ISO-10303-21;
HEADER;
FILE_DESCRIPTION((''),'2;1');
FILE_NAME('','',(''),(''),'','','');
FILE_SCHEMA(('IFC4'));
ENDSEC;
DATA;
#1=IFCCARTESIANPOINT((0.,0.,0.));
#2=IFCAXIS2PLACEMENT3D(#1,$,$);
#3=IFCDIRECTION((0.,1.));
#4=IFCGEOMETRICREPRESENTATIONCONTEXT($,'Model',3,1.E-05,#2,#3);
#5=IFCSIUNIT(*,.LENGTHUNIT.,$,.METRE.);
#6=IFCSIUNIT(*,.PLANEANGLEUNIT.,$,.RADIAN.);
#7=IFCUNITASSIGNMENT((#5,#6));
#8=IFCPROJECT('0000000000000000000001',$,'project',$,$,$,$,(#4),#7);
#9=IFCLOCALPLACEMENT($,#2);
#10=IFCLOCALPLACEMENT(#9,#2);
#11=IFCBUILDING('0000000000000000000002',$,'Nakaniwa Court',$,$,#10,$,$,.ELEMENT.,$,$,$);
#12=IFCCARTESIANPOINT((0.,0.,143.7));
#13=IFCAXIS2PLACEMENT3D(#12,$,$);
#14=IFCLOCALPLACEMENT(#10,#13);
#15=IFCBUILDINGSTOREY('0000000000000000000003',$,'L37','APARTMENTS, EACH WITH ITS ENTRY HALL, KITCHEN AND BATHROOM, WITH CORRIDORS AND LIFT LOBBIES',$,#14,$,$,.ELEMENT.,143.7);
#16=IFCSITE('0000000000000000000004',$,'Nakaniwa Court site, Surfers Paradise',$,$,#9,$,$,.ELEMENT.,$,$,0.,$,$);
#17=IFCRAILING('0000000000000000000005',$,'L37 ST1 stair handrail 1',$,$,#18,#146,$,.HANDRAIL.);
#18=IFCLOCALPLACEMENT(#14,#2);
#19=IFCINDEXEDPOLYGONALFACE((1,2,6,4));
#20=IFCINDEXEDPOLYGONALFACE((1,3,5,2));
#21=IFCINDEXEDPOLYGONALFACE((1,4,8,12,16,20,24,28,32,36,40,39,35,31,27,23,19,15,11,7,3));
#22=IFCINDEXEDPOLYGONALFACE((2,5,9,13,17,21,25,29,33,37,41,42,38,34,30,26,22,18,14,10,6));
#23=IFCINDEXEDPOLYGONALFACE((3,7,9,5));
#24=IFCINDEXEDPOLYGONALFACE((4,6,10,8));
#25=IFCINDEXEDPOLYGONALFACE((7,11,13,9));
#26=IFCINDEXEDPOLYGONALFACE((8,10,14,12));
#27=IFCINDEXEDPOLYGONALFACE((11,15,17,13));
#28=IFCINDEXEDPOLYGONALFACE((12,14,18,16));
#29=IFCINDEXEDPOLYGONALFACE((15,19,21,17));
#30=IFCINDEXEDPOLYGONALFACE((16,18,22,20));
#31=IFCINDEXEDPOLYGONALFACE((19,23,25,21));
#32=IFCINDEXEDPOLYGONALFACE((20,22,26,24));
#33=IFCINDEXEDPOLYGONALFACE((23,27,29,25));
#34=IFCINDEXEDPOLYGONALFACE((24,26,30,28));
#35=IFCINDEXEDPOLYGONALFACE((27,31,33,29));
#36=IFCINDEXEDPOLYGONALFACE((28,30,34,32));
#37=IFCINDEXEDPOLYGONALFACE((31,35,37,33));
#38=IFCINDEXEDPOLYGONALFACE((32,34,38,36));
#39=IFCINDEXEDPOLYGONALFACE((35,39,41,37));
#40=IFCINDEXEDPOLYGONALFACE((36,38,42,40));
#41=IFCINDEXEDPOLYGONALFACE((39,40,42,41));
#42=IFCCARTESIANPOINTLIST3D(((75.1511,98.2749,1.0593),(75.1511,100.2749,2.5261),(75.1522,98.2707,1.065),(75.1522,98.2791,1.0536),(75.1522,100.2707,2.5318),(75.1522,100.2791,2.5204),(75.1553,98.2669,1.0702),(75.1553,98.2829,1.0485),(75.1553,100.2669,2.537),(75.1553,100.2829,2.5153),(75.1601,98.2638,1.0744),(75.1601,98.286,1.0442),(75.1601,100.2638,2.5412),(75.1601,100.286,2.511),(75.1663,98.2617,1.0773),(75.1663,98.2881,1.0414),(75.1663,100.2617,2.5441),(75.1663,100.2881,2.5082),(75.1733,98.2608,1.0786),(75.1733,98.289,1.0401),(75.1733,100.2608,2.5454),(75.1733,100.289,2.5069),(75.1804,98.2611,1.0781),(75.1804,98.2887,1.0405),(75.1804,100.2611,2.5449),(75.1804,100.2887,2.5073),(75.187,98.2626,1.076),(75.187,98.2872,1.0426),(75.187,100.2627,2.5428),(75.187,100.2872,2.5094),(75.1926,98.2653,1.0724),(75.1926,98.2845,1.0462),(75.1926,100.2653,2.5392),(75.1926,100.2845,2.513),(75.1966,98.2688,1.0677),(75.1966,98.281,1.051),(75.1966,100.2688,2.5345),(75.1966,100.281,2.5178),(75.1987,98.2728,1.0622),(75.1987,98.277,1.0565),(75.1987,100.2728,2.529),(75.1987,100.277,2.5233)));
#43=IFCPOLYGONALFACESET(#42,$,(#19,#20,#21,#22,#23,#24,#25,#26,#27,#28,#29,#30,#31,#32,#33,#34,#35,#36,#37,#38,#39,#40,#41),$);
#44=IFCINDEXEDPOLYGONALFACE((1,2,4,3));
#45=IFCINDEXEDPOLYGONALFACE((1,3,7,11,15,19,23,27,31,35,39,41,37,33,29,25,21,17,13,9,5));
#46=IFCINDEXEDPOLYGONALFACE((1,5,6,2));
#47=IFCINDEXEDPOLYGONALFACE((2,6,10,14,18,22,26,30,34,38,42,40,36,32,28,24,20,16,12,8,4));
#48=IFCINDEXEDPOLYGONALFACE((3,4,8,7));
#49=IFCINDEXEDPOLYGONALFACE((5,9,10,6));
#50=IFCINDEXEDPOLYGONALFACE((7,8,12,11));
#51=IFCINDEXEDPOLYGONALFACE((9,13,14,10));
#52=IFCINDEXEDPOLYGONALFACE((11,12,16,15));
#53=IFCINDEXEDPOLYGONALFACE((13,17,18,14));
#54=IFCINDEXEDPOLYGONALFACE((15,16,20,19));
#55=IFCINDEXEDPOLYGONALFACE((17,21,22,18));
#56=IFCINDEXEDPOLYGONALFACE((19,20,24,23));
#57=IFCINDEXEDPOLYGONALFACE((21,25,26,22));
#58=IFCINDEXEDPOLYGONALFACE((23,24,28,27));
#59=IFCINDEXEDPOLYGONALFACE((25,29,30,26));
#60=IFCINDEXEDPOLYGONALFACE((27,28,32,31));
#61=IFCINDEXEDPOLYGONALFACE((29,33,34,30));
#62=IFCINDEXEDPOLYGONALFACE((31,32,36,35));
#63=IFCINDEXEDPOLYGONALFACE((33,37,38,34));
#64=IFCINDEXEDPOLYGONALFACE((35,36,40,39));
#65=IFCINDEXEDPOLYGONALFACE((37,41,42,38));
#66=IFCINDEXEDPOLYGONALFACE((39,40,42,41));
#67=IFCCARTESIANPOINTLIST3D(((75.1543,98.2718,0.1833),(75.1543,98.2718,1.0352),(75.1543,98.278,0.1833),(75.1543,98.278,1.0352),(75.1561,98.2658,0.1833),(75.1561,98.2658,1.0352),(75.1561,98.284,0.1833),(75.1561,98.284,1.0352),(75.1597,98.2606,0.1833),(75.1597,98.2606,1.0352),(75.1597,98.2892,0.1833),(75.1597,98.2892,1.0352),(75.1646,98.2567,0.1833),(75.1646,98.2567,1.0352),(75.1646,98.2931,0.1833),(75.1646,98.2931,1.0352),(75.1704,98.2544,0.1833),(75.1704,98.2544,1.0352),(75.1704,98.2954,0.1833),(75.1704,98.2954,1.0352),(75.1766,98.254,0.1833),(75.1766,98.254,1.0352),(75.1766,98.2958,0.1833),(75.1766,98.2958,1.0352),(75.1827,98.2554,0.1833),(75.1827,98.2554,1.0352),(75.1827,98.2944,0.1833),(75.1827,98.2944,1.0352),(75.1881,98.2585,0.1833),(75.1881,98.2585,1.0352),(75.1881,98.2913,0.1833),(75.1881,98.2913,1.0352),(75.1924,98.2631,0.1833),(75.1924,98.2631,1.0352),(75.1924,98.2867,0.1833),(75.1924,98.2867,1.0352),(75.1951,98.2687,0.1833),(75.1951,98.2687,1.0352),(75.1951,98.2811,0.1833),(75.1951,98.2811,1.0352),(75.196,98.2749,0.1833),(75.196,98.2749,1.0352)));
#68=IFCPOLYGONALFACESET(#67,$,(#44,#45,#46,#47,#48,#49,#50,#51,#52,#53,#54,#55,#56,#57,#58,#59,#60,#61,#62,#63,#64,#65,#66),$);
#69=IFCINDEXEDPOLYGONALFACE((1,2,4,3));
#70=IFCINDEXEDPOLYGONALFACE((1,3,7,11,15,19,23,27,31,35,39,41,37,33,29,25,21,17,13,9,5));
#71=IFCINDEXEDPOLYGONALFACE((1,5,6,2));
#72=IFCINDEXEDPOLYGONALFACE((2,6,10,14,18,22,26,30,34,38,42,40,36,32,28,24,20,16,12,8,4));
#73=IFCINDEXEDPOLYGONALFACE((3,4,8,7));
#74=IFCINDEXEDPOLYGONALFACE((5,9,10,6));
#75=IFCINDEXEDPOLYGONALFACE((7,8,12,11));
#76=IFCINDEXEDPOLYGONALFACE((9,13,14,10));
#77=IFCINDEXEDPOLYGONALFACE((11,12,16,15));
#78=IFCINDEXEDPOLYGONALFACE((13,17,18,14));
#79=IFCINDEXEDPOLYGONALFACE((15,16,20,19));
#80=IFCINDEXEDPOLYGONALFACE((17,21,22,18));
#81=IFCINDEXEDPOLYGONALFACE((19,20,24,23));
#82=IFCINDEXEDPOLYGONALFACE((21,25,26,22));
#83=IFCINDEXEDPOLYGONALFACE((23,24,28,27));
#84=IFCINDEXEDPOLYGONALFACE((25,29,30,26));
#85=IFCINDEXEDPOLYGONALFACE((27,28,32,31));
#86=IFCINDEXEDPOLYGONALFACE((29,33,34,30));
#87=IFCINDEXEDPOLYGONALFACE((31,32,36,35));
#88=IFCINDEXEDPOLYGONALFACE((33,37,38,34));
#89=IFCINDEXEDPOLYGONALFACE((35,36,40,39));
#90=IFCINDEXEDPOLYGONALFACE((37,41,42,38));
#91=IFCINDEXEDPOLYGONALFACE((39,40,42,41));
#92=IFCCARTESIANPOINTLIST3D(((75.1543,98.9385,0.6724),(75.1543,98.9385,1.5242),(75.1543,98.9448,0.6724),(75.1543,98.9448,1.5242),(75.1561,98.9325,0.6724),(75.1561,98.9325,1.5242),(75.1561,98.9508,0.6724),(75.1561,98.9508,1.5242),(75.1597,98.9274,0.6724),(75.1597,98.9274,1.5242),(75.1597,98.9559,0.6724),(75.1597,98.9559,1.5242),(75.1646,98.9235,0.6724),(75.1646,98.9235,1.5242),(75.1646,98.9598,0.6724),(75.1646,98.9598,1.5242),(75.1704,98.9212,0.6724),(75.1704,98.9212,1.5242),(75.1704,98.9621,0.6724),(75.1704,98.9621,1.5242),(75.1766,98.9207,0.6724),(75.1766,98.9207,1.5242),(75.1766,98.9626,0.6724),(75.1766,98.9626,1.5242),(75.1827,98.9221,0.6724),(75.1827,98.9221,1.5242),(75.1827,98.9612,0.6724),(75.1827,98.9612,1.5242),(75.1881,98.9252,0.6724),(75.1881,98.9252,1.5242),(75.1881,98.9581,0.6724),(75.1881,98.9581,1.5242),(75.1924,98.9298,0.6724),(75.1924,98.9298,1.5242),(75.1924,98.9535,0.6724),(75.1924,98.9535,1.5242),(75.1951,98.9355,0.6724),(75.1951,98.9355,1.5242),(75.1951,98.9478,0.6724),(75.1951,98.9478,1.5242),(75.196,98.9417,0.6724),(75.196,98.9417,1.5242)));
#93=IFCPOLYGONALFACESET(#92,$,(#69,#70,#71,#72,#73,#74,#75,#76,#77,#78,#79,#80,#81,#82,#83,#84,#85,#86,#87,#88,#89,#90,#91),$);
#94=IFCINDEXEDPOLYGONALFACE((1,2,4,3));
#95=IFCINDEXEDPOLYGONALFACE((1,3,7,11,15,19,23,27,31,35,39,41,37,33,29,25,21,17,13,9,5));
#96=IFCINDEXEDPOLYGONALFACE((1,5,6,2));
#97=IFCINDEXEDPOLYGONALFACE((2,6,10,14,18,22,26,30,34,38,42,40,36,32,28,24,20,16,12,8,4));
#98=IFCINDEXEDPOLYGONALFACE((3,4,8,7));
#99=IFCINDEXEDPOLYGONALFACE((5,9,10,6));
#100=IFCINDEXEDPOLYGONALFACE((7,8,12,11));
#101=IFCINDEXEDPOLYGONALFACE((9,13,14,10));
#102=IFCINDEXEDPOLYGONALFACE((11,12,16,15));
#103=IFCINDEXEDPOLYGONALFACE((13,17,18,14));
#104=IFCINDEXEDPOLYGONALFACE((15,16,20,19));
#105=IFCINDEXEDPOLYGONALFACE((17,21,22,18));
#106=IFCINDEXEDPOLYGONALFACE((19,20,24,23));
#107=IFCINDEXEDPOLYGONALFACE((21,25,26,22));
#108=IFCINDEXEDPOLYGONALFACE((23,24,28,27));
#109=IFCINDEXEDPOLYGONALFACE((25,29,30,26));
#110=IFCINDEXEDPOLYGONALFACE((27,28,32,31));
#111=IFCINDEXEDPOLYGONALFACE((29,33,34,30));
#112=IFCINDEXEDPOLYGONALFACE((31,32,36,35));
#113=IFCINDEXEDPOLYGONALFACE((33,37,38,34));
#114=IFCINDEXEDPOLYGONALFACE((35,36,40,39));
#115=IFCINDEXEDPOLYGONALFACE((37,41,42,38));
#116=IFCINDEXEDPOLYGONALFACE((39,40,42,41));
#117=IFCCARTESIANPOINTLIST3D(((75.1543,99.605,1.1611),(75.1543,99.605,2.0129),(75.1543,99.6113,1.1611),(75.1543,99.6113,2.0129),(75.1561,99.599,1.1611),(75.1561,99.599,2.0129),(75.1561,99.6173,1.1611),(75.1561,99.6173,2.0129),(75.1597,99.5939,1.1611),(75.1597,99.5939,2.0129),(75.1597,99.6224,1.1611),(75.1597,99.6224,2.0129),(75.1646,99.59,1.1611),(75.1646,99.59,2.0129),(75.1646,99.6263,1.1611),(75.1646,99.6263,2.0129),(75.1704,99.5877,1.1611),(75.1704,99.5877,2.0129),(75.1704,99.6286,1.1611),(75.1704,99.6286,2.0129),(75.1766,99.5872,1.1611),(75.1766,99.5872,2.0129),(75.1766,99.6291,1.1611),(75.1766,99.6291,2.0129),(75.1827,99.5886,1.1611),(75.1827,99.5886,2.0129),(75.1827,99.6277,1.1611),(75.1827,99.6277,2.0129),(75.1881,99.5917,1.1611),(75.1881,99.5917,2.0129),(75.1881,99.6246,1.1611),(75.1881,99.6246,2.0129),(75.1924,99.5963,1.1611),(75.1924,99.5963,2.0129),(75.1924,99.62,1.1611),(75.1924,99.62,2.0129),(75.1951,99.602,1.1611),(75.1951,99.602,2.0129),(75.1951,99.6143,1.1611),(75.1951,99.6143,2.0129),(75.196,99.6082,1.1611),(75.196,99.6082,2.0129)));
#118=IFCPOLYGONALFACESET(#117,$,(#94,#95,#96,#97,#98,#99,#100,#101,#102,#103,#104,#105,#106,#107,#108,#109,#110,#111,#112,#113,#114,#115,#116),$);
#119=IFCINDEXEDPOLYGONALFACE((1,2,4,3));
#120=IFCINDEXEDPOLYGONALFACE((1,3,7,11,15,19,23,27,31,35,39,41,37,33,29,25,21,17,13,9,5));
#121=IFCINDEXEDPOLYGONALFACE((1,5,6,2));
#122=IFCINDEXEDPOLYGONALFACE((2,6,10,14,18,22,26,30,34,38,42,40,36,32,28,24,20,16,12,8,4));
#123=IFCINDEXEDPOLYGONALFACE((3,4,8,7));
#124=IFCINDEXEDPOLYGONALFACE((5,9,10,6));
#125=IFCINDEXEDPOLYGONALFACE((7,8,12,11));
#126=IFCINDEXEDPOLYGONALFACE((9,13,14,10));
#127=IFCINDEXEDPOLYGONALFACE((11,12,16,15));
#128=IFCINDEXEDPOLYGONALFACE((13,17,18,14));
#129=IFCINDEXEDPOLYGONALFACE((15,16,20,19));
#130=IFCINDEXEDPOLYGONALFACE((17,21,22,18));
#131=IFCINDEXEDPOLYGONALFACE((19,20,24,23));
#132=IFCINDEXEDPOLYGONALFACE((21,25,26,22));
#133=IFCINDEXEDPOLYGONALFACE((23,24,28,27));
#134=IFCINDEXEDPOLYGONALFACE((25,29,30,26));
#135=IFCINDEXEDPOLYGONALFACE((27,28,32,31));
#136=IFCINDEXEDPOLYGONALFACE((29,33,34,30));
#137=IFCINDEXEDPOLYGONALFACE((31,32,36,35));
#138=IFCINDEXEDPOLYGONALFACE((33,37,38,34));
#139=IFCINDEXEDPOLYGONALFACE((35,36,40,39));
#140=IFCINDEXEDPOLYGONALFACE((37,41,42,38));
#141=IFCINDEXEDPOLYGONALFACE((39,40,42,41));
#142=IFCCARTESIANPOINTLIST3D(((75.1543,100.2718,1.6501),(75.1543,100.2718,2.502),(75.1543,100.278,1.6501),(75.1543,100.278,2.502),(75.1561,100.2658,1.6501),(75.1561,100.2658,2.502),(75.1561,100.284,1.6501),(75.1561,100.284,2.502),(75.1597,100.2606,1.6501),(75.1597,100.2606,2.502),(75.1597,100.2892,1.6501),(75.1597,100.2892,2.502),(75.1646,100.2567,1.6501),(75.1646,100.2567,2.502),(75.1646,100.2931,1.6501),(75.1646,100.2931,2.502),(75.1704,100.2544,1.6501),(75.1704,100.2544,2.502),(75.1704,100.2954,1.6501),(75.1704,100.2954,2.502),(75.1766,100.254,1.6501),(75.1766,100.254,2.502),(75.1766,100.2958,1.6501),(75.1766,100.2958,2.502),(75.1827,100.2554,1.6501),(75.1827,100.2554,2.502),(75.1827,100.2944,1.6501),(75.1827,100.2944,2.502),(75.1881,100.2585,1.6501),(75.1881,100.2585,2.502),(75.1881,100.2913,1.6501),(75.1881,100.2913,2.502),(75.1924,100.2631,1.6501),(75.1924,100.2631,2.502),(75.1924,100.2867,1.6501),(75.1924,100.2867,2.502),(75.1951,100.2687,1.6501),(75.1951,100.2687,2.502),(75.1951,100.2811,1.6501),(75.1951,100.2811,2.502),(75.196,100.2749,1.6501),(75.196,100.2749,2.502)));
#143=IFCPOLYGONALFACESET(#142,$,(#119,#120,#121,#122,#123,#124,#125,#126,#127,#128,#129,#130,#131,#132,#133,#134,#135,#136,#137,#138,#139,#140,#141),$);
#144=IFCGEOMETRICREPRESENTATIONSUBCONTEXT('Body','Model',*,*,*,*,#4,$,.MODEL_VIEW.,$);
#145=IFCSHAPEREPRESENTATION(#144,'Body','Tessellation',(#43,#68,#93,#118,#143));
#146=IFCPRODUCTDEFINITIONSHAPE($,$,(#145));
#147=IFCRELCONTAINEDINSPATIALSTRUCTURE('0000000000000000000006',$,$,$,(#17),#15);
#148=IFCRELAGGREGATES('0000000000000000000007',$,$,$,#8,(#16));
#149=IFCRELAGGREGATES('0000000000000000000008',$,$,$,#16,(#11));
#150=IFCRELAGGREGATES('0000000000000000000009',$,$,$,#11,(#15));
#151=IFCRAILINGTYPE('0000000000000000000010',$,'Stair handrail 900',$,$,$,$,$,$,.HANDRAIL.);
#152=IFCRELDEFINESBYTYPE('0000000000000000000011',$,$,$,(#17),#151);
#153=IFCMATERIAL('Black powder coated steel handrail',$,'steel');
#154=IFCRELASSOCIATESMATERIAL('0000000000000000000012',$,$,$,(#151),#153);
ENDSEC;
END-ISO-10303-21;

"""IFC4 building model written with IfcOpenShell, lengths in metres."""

from ifc_helpers import new_model, si_unit, direction, frame, origin, origin_2d, place, context, subcontext, project, spatial, circle, extrude, material, type_object, element, save


model = new_model("IFC4")

# Units and contexts
model_context = context("Model", 3, precision=1e-05, world=origin(), true_north=direction((0.0, 1.0)))
body_context = subcontext(model_context, "Body", "Model", "MODEL_VIEW")
ifc_project = project(units=[si_unit("LENGTHUNIT", "METRE"), si_unit("PLANEANGLEUNIT", "RADIAN")], contexts=[model_context])

# Site, building, storey
site_placement = place(None, origin())
site = spatial("IfcSite", under=ifc_project, at=site_placement, Name="Nakaniwa Court site, Surfers Paradise", CompositionType="ELEMENT", RefElevation=0.0)
building_placement = place(site_placement, origin())
building = spatial("IfcBuilding", under=site, at=building_placement, Name="Nakaniwa Court", CompositionType="ELEMENT")
storey_placement = place(building_placement, frame((0.0, 0.0, 143.7)))
storey = spatial("IfcBuildingStorey", under=building, at=storey_placement, Name="L37", Description="APARTMENTS, EACH WITH ITS ENTRY HALL, KITCHEN AND BATHROOM, WITH CORRIDORS AND LIFT LOBBIES", CompositionType="ELEMENT", Elevation=143.7)

# Railing
ifc_material_1 = material(Name="Black powder coated steel handrail", Category="steel")
railing_type_1 = type_object("IfcRailingType", Name="Stair handrail 900", PredefinedType="HANDRAIL", material=ifc_material_1)
railing_1_placement = place(storey_placement, frame((75.175, 98.2749, 0.1833)))
element("IfcRailing", 1, at=railing_1_placement, inside=storey, type_object=railing_type_1, Name="L37 ST1 stair handrail 1", PredefinedType="HANDRAIL", context=body_context, shape_type="SweptSolid", body=[
    extrude(circle(Radius=0.0239, at=origin_2d()), frame((0.0, 0.0, 0.876), z_axis=(0.0, 0.80638, 0.591398), x_axis=(-1.0, 0.0, 0.0)), (0.0, 0.0, 1.0), 2.4802),
    extrude(circle(Radius=0.021, at=origin_2d()), origin(), (0.0, 0.0, 1.0), 0.8518),
    extrude(circle(Radius=0.021, at=origin_2d()), frame((0.0, 0.6667, 0.489)), (0.0, 0.0, 1.0), 0.8518),
    extrude(circle(Radius=0.021, at=origin_2d()), frame((0.0, 1.3333, 0.9778)), (0.0, 0.0, 1.0), 0.8518),
    extrude(circle(Radius=0.021, at=origin_2d()), frame((0.0, 2.0, 1.4668)), (0.0, 0.0, 1.0), 0.8518),
])

save(model, "model.ifc")
